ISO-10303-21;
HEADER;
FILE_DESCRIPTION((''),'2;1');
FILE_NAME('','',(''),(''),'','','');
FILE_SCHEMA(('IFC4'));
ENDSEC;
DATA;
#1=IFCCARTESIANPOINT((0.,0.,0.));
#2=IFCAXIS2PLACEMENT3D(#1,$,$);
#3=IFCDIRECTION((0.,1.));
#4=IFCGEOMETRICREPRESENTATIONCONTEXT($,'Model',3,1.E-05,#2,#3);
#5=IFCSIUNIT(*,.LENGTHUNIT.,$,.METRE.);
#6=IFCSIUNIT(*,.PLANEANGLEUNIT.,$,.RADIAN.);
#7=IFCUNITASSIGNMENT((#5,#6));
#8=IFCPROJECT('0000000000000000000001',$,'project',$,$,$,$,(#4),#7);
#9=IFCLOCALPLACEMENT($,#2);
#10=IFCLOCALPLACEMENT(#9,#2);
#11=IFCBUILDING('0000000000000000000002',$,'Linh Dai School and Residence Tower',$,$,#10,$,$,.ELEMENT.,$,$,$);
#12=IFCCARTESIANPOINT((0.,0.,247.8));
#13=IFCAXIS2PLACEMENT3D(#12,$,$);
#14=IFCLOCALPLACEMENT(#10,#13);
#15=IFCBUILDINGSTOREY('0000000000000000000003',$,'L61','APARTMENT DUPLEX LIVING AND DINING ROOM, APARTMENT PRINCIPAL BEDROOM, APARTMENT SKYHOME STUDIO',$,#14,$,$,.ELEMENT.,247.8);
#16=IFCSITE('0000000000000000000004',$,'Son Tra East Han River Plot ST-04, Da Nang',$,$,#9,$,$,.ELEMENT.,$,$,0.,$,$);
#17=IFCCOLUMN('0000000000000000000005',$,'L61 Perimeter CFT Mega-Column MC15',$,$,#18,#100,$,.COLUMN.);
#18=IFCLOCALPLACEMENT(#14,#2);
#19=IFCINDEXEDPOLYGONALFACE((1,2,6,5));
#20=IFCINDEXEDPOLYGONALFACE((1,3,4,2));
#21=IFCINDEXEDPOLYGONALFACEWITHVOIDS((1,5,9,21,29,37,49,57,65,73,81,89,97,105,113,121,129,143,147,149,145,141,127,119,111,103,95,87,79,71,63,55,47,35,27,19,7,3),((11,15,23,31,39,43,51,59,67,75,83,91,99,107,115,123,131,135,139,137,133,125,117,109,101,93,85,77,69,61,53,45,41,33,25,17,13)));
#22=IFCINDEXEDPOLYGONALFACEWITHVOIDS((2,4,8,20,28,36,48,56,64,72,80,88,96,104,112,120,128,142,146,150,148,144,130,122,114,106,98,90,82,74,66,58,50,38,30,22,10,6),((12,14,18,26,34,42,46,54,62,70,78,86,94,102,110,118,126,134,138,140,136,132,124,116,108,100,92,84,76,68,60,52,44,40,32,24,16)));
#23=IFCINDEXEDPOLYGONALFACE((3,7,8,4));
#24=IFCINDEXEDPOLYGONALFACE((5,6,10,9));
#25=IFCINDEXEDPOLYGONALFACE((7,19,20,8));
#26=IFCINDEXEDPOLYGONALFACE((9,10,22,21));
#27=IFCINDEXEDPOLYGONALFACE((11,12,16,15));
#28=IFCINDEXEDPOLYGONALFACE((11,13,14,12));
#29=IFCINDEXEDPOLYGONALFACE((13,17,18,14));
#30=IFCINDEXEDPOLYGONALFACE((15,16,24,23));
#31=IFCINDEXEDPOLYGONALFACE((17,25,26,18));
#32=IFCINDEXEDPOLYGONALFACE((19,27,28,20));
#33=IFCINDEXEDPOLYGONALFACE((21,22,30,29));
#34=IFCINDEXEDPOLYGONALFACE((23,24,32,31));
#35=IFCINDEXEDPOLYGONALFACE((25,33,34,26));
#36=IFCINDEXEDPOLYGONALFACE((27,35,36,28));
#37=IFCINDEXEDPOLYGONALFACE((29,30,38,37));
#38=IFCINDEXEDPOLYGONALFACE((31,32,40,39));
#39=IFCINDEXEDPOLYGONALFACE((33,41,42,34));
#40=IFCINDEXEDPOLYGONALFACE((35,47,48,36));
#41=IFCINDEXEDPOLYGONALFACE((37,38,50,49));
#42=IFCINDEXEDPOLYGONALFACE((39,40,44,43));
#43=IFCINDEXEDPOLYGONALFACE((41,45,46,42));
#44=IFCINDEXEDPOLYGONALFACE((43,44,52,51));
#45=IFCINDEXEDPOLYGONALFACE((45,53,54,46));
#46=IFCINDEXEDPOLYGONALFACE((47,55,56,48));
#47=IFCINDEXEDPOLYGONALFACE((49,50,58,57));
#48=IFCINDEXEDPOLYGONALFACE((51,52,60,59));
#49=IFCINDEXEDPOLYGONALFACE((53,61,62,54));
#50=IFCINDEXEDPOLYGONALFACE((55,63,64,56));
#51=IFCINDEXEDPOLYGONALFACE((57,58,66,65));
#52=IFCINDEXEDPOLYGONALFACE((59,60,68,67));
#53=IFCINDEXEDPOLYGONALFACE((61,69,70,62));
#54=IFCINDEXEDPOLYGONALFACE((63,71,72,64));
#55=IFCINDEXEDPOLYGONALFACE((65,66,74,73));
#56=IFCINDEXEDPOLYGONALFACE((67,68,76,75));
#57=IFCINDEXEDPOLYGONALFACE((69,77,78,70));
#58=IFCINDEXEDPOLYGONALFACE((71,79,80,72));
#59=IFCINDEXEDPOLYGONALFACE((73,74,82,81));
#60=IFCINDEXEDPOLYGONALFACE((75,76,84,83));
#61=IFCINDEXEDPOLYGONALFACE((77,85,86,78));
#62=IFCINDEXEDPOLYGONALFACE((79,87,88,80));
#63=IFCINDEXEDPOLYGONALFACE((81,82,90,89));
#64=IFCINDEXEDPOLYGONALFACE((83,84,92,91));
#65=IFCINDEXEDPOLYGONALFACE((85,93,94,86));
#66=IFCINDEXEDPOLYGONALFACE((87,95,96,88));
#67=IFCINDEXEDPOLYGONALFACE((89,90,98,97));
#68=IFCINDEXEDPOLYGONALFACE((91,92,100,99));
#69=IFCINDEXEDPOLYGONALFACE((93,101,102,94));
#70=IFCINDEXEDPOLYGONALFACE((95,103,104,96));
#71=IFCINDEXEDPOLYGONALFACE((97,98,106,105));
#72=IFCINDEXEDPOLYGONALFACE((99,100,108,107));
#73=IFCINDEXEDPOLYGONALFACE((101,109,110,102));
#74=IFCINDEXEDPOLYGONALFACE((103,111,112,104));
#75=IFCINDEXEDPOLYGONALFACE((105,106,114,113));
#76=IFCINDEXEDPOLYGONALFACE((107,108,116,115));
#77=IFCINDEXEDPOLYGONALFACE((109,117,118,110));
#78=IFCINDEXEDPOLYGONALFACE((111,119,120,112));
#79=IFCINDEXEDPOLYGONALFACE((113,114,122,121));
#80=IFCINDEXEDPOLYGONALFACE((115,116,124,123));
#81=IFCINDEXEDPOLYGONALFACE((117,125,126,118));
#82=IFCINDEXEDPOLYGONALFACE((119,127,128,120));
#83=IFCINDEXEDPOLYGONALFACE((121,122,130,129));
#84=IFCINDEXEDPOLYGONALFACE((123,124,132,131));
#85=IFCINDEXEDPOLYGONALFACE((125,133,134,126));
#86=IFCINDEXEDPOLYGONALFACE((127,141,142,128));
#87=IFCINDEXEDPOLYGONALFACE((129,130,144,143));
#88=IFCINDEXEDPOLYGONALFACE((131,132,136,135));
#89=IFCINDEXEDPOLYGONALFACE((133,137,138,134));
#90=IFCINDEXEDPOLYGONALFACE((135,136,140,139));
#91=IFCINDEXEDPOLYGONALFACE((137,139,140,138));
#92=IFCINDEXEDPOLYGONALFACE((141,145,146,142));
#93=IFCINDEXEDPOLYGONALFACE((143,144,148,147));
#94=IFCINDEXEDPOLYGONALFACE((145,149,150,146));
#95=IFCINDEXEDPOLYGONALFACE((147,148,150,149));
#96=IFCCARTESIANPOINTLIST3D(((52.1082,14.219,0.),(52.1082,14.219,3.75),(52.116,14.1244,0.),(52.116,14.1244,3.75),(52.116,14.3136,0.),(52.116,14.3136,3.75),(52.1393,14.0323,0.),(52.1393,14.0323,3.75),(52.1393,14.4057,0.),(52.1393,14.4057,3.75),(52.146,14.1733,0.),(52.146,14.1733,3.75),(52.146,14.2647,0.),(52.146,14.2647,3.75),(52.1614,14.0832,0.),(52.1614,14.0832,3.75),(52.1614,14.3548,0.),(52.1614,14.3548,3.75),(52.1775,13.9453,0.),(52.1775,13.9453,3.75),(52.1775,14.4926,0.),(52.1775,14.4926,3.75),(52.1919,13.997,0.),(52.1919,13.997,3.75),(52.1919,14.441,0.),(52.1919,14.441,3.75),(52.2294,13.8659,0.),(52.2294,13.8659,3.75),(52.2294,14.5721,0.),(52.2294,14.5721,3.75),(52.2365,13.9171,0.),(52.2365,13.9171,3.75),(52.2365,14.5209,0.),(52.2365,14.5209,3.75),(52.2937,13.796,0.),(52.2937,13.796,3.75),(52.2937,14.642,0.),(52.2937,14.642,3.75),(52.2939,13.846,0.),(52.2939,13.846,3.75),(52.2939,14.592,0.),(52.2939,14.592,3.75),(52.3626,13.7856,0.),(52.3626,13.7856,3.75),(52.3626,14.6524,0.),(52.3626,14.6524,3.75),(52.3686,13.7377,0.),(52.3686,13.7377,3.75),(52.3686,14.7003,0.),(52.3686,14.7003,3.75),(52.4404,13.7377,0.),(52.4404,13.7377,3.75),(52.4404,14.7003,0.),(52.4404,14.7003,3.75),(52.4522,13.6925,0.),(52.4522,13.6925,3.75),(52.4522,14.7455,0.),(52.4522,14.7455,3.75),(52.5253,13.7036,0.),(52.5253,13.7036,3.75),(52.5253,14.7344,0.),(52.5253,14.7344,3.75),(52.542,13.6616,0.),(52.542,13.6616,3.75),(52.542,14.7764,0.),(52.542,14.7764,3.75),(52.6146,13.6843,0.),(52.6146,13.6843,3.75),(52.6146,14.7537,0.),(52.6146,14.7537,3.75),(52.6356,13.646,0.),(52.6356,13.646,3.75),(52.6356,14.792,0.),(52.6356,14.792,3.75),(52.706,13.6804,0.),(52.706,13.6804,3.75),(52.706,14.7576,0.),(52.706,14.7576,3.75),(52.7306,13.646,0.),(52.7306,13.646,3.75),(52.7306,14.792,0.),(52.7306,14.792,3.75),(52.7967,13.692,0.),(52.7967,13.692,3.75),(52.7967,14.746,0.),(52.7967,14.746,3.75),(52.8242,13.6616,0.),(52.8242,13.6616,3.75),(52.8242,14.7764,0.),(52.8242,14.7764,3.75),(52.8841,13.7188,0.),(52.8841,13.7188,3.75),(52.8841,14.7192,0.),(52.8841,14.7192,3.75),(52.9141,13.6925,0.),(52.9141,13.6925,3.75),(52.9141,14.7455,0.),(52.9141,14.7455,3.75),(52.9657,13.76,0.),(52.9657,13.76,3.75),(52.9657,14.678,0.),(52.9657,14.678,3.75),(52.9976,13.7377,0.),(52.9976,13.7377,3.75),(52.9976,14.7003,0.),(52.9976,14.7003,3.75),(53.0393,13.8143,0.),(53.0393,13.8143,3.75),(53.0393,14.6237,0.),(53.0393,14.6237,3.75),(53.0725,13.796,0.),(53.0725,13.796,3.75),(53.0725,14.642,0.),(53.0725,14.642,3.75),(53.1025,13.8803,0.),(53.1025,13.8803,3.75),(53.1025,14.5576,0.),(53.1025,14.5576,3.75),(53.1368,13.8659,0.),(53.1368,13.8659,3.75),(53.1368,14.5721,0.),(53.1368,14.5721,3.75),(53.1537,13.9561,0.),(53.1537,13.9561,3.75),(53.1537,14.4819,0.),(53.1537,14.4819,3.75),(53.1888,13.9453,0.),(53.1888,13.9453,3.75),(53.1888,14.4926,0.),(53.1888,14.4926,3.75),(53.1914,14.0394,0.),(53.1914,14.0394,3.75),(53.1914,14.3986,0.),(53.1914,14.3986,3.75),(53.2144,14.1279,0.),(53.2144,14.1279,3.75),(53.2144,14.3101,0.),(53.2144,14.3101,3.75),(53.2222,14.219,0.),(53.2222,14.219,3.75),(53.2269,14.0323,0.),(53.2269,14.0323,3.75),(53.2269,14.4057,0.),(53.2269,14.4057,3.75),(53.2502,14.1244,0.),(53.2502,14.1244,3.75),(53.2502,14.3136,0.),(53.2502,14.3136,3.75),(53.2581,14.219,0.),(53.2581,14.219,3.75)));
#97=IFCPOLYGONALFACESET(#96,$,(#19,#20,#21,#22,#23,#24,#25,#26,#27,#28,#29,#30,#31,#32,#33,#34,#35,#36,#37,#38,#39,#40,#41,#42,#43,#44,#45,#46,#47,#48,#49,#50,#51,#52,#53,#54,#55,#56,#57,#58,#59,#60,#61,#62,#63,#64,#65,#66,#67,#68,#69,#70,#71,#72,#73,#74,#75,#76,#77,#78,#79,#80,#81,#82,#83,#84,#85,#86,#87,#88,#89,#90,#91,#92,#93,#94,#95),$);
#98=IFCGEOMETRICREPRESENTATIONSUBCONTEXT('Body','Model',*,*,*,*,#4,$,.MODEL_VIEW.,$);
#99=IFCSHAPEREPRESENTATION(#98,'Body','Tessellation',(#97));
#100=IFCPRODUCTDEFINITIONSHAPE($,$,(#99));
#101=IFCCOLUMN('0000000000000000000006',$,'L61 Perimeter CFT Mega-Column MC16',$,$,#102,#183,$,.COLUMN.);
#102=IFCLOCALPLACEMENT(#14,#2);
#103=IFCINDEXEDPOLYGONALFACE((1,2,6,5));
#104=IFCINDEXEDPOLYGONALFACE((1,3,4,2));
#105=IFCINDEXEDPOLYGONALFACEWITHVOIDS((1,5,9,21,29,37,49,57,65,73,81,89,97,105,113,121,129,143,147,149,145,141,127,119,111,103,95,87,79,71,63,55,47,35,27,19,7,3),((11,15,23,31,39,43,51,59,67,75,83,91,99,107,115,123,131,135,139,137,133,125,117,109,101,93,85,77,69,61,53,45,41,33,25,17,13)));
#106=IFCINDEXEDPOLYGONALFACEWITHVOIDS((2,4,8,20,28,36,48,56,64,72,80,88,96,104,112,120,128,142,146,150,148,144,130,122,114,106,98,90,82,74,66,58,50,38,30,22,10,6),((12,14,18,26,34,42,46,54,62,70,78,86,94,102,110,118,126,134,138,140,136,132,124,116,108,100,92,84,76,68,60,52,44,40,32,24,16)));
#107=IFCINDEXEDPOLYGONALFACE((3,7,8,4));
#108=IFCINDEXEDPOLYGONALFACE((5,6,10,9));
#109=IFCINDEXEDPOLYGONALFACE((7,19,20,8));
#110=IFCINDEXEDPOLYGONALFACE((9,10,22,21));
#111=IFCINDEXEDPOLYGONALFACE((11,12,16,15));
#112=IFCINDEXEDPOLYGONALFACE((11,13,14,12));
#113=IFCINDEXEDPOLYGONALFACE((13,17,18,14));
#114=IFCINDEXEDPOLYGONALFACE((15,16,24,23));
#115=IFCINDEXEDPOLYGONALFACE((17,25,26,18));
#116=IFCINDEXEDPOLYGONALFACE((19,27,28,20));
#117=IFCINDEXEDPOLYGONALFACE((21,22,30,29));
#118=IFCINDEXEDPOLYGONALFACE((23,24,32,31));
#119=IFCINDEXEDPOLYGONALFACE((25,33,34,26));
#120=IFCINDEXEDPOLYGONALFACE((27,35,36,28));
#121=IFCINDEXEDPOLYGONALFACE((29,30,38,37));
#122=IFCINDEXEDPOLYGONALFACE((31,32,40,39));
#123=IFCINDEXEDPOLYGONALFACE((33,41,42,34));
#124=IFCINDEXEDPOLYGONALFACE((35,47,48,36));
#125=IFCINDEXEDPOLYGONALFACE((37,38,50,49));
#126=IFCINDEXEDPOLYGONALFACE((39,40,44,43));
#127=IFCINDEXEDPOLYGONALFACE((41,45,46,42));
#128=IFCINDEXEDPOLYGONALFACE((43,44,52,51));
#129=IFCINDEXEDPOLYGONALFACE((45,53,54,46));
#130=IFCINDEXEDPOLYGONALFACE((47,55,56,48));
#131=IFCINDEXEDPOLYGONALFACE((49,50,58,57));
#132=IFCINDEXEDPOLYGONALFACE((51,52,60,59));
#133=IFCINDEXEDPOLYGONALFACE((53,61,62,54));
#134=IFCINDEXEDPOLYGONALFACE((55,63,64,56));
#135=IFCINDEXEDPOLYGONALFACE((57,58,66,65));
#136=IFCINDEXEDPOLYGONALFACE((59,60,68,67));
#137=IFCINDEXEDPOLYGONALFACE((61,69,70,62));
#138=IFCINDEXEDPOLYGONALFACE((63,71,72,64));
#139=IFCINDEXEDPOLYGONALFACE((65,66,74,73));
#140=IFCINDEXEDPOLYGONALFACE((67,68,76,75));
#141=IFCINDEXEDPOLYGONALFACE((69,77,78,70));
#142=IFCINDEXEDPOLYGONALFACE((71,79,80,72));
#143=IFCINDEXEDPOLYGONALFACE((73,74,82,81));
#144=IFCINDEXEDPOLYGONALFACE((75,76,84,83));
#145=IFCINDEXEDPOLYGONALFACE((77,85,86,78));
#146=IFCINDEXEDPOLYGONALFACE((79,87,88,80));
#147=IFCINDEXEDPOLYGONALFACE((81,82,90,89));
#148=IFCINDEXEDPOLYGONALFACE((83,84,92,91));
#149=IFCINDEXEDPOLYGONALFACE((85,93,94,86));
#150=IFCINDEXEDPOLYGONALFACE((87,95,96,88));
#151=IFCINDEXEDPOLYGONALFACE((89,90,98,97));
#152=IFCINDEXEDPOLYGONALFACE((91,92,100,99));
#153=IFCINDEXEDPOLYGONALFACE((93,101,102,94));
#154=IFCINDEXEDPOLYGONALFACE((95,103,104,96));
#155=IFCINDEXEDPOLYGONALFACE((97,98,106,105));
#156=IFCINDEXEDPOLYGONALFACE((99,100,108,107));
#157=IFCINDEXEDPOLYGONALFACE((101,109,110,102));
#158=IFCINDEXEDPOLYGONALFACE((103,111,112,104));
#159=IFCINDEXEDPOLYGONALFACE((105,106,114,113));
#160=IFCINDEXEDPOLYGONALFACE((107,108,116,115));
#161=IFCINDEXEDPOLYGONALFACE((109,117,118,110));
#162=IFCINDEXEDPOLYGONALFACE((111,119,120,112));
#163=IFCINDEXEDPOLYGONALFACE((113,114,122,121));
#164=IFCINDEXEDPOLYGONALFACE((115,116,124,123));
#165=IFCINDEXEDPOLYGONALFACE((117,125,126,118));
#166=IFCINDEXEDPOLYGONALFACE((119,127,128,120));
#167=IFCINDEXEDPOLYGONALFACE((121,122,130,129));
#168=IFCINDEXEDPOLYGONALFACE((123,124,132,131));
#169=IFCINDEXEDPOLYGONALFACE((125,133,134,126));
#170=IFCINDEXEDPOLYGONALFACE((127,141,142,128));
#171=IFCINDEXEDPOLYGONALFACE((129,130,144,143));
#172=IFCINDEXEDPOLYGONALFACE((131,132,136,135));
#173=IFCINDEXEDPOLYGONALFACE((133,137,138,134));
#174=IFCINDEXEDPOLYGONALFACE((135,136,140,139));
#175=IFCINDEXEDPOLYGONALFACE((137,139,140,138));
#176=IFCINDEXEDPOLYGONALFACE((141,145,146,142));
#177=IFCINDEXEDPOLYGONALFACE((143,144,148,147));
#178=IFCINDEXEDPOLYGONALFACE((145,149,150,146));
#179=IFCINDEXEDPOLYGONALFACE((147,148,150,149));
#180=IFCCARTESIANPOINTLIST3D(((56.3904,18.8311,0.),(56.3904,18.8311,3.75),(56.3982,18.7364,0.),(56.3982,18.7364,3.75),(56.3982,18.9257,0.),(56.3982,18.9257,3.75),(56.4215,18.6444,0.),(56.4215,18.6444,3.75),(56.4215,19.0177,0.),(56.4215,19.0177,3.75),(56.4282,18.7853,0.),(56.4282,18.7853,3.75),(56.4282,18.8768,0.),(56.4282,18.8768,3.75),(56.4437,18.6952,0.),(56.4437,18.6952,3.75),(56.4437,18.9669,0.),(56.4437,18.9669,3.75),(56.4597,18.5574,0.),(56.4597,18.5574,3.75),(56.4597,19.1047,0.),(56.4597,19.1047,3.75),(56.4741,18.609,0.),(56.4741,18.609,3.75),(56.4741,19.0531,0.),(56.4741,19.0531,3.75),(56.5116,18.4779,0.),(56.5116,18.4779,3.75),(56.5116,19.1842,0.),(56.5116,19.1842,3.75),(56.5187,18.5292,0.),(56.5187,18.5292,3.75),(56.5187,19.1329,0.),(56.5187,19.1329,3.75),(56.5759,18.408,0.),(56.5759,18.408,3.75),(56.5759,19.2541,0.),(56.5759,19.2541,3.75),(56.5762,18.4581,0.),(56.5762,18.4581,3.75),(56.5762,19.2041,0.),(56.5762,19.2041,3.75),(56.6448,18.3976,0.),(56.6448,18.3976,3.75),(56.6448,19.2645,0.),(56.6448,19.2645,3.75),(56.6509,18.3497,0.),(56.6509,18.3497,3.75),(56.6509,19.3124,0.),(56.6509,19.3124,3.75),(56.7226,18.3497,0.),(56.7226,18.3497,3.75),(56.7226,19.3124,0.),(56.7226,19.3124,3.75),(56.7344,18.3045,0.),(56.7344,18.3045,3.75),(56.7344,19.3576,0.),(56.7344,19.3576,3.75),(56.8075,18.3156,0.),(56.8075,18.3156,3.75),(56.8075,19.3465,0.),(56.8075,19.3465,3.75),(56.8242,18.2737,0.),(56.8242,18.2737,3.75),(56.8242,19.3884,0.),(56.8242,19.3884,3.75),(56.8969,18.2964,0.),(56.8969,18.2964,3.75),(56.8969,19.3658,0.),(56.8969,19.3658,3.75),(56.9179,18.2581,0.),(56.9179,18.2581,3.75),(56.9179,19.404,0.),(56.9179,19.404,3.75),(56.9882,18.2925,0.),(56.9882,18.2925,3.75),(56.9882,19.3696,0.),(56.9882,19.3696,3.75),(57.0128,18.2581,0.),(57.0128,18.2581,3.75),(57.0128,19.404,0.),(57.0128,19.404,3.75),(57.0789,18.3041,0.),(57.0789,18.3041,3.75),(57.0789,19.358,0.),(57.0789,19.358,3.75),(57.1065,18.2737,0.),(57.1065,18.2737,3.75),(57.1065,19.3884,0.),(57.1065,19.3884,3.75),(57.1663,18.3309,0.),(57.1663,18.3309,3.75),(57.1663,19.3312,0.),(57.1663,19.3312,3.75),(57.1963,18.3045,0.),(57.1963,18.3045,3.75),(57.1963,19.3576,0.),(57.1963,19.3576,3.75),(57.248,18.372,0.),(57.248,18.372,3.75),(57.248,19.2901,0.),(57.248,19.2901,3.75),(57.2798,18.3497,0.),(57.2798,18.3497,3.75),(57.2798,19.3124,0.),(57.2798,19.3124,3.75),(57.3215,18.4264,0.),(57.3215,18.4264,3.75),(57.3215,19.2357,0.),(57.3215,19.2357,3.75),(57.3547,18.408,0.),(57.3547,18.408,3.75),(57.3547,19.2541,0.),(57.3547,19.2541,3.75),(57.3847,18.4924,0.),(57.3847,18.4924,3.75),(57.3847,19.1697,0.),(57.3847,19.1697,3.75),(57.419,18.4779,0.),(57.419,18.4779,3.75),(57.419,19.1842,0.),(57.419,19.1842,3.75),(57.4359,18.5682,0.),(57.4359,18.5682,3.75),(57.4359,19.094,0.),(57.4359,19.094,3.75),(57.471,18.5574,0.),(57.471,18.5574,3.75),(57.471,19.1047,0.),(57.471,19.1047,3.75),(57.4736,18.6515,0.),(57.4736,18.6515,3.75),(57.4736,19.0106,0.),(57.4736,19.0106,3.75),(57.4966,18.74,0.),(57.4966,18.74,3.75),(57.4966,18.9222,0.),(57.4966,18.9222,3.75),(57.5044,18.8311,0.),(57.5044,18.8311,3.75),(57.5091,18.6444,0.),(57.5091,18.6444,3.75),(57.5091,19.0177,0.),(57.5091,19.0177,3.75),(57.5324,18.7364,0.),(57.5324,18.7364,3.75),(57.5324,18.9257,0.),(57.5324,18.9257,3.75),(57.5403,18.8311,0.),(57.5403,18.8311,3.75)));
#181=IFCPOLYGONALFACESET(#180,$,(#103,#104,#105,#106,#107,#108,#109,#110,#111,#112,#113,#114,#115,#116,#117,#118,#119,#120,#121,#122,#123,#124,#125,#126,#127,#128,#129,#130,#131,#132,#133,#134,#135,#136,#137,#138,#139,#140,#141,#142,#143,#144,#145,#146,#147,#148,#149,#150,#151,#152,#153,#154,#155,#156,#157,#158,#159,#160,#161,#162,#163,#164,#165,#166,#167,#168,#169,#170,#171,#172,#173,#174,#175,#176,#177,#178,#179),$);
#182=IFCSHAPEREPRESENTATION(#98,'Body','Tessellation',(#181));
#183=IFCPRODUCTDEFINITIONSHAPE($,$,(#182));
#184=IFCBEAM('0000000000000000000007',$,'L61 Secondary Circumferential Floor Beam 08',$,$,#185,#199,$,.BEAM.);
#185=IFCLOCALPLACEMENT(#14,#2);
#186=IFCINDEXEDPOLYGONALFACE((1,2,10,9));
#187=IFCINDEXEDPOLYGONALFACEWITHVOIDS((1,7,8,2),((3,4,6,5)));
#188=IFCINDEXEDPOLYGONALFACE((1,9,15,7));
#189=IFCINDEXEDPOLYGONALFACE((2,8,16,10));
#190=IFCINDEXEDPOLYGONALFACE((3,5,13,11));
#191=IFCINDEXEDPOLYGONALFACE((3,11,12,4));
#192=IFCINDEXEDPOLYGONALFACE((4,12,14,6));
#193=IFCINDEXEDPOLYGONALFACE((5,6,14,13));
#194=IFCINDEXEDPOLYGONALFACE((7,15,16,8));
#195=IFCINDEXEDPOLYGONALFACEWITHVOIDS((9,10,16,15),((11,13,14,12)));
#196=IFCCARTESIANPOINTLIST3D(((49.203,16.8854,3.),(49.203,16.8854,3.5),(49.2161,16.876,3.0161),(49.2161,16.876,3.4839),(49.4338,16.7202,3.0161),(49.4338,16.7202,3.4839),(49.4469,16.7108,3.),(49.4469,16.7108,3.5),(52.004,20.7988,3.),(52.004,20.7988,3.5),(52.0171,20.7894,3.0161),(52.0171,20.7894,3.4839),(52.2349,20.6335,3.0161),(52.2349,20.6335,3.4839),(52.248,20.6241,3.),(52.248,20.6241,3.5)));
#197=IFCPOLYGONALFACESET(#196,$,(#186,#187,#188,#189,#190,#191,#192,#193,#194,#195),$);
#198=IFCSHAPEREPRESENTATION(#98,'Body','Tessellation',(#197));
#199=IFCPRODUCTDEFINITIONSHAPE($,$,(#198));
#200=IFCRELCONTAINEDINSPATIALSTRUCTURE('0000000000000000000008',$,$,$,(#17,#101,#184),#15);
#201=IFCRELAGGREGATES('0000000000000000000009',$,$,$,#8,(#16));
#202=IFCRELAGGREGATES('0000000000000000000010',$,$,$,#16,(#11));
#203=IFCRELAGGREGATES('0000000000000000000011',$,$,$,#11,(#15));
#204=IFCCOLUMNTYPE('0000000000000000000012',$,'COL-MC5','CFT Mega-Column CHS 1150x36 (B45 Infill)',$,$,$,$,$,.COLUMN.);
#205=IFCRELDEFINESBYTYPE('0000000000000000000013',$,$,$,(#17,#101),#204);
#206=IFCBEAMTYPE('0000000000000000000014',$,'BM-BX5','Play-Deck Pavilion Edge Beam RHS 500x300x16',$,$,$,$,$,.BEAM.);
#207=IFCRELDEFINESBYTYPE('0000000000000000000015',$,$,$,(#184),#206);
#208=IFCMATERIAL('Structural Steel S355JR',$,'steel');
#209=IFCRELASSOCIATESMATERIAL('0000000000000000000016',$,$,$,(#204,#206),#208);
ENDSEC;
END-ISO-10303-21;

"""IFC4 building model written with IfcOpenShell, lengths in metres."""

from ifc_helpers import new_model, si_unit, direction, frame, origin, origin_2d, place, context, subcontext, project, spatial, hollow_rectangle, hollow_circle, extrude, material, material_profile, profile_set, type_object, element, save


model = new_model("IFC4")

# Units and contexts
model_context = context("Model", 3, precision=1e-05, world=origin(), true_north=direction((0.0, 1.0)))
body_context = subcontext(model_context, "Body", "Model", "MODEL_VIEW")
ifc_project = project(units=[si_unit("LENGTHUNIT", "METRE"), si_unit("PLANEANGLEUNIT", "RADIAN")], contexts=[model_context])

# Site, building, storey
site_placement = place(None, origin())
site = spatial("IfcSite", under=ifc_project, at=site_placement, Name="Son Tra East Han River Plot ST-04, Da Nang", CompositionType="ELEMENT", RefElevation=0.0)
building_placement = place(site_placement, origin())
building = spatial("IfcBuilding", under=site, at=building_placement, Name="Linh Dai School and Residence Tower", CompositionType="ELEMENT")
storey_placement = place(building_placement, frame((0.0, 0.0, 247.8)))
storey = spatial("IfcBuildingStorey", under=building, at=storey_placement, Name="L61", Description="APARTMENT DUPLEX LIVING AND DINING ROOM, APARTMENT PRINCIPAL BEDROOM, APARTMENT SKYHOME STUDIO", CompositionType="ELEMENT", Elevation=247.8)

# Columns
ifc_material_1 = material(Name="Structural Steel S355JR", Category="steel")
ifc_material_profile_1 = material_profile(ifc_material_1, hollow_circle(Radius=0.575, WallThickness=0.0359, at=origin_2d()), Name="CHS 1150x36")
ifc_profile_set_1 = profile_set([ifc_material_profile_1], Name="Structural Steel S355JR")
column_type = type_object("IfcColumnType", Name="COL-MC5", Description="CFT Mega-Column CHS 1150x36 (B45 Infill)", PredefinedType="COLUMN", material=ifc_profile_set_1)
for number, where, z_axis, x_axis, name in (
    (1, (52.6831, 14.219, 0.0), (0.0, 0.0, 1.0), (1.0, 0.0, 0.0), "L61 Perimeter CFT Mega-Column MC15"),
    (2, (56.9653, 18.8311, 0.0), (0.0, 0.0, 1.0), (1.0, 0.0, 0.0), "L61 Perimeter CFT Mega-Column MC16"),
):
    element("IfcColumn", number, at=place(storey_placement, frame(where, z_axis=z_axis, x_axis=x_axis)), inside=storey, type_object=column_type, Name=name, PredefinedType="COLUMN", context=body_context, shape_type="SweptSolid", body=[
        extrude(hollow_circle(Radius=0.575, WallThickness=0.0359, at=origin_2d()), origin(), (0.0, 0.0, 1.0), 3.75),
    ])

# Beam
ifc_material_profile_2 = material_profile(ifc_material_1, hollow_rectangle(XDim=0.3, YDim=0.5, WallThickness=0.0161, at=origin_2d()), Name="RHS 500x300x16")
ifc_profile_set_2 = profile_set([ifc_material_profile_2], Name="Structural Steel S355JR")
beam_type_1 = type_object("IfcBeamType", Name="BM-BX5", Description="Play-Deck Pavilion Edge Beam RHS 500x300x16", PredefinedType="BEAM", material=ifc_profile_set_2)
beam_1_placement = place(storey_placement, frame((49.325, 16.7981, 3.25), z_axis=(0.582035, 0.813164, 0.0), x_axis=(-0.813164, 0.582035, 0.0)))
element("IfcBeam", 3, at=beam_1_placement, inside=storey, type_object=beam_type_1, Name="L61 Secondary Circumferential Floor Beam 08", PredefinedType="BEAM", context=body_context, shape_type="SweptSolid", body=[
    extrude(hollow_rectangle(XDim=0.3, YDim=0.5, WallThickness=0.0161, at=origin_2d()), origin(), (0.0, 0.0, 1.0), 4.8125),
])

save(model, "model.ifc")
